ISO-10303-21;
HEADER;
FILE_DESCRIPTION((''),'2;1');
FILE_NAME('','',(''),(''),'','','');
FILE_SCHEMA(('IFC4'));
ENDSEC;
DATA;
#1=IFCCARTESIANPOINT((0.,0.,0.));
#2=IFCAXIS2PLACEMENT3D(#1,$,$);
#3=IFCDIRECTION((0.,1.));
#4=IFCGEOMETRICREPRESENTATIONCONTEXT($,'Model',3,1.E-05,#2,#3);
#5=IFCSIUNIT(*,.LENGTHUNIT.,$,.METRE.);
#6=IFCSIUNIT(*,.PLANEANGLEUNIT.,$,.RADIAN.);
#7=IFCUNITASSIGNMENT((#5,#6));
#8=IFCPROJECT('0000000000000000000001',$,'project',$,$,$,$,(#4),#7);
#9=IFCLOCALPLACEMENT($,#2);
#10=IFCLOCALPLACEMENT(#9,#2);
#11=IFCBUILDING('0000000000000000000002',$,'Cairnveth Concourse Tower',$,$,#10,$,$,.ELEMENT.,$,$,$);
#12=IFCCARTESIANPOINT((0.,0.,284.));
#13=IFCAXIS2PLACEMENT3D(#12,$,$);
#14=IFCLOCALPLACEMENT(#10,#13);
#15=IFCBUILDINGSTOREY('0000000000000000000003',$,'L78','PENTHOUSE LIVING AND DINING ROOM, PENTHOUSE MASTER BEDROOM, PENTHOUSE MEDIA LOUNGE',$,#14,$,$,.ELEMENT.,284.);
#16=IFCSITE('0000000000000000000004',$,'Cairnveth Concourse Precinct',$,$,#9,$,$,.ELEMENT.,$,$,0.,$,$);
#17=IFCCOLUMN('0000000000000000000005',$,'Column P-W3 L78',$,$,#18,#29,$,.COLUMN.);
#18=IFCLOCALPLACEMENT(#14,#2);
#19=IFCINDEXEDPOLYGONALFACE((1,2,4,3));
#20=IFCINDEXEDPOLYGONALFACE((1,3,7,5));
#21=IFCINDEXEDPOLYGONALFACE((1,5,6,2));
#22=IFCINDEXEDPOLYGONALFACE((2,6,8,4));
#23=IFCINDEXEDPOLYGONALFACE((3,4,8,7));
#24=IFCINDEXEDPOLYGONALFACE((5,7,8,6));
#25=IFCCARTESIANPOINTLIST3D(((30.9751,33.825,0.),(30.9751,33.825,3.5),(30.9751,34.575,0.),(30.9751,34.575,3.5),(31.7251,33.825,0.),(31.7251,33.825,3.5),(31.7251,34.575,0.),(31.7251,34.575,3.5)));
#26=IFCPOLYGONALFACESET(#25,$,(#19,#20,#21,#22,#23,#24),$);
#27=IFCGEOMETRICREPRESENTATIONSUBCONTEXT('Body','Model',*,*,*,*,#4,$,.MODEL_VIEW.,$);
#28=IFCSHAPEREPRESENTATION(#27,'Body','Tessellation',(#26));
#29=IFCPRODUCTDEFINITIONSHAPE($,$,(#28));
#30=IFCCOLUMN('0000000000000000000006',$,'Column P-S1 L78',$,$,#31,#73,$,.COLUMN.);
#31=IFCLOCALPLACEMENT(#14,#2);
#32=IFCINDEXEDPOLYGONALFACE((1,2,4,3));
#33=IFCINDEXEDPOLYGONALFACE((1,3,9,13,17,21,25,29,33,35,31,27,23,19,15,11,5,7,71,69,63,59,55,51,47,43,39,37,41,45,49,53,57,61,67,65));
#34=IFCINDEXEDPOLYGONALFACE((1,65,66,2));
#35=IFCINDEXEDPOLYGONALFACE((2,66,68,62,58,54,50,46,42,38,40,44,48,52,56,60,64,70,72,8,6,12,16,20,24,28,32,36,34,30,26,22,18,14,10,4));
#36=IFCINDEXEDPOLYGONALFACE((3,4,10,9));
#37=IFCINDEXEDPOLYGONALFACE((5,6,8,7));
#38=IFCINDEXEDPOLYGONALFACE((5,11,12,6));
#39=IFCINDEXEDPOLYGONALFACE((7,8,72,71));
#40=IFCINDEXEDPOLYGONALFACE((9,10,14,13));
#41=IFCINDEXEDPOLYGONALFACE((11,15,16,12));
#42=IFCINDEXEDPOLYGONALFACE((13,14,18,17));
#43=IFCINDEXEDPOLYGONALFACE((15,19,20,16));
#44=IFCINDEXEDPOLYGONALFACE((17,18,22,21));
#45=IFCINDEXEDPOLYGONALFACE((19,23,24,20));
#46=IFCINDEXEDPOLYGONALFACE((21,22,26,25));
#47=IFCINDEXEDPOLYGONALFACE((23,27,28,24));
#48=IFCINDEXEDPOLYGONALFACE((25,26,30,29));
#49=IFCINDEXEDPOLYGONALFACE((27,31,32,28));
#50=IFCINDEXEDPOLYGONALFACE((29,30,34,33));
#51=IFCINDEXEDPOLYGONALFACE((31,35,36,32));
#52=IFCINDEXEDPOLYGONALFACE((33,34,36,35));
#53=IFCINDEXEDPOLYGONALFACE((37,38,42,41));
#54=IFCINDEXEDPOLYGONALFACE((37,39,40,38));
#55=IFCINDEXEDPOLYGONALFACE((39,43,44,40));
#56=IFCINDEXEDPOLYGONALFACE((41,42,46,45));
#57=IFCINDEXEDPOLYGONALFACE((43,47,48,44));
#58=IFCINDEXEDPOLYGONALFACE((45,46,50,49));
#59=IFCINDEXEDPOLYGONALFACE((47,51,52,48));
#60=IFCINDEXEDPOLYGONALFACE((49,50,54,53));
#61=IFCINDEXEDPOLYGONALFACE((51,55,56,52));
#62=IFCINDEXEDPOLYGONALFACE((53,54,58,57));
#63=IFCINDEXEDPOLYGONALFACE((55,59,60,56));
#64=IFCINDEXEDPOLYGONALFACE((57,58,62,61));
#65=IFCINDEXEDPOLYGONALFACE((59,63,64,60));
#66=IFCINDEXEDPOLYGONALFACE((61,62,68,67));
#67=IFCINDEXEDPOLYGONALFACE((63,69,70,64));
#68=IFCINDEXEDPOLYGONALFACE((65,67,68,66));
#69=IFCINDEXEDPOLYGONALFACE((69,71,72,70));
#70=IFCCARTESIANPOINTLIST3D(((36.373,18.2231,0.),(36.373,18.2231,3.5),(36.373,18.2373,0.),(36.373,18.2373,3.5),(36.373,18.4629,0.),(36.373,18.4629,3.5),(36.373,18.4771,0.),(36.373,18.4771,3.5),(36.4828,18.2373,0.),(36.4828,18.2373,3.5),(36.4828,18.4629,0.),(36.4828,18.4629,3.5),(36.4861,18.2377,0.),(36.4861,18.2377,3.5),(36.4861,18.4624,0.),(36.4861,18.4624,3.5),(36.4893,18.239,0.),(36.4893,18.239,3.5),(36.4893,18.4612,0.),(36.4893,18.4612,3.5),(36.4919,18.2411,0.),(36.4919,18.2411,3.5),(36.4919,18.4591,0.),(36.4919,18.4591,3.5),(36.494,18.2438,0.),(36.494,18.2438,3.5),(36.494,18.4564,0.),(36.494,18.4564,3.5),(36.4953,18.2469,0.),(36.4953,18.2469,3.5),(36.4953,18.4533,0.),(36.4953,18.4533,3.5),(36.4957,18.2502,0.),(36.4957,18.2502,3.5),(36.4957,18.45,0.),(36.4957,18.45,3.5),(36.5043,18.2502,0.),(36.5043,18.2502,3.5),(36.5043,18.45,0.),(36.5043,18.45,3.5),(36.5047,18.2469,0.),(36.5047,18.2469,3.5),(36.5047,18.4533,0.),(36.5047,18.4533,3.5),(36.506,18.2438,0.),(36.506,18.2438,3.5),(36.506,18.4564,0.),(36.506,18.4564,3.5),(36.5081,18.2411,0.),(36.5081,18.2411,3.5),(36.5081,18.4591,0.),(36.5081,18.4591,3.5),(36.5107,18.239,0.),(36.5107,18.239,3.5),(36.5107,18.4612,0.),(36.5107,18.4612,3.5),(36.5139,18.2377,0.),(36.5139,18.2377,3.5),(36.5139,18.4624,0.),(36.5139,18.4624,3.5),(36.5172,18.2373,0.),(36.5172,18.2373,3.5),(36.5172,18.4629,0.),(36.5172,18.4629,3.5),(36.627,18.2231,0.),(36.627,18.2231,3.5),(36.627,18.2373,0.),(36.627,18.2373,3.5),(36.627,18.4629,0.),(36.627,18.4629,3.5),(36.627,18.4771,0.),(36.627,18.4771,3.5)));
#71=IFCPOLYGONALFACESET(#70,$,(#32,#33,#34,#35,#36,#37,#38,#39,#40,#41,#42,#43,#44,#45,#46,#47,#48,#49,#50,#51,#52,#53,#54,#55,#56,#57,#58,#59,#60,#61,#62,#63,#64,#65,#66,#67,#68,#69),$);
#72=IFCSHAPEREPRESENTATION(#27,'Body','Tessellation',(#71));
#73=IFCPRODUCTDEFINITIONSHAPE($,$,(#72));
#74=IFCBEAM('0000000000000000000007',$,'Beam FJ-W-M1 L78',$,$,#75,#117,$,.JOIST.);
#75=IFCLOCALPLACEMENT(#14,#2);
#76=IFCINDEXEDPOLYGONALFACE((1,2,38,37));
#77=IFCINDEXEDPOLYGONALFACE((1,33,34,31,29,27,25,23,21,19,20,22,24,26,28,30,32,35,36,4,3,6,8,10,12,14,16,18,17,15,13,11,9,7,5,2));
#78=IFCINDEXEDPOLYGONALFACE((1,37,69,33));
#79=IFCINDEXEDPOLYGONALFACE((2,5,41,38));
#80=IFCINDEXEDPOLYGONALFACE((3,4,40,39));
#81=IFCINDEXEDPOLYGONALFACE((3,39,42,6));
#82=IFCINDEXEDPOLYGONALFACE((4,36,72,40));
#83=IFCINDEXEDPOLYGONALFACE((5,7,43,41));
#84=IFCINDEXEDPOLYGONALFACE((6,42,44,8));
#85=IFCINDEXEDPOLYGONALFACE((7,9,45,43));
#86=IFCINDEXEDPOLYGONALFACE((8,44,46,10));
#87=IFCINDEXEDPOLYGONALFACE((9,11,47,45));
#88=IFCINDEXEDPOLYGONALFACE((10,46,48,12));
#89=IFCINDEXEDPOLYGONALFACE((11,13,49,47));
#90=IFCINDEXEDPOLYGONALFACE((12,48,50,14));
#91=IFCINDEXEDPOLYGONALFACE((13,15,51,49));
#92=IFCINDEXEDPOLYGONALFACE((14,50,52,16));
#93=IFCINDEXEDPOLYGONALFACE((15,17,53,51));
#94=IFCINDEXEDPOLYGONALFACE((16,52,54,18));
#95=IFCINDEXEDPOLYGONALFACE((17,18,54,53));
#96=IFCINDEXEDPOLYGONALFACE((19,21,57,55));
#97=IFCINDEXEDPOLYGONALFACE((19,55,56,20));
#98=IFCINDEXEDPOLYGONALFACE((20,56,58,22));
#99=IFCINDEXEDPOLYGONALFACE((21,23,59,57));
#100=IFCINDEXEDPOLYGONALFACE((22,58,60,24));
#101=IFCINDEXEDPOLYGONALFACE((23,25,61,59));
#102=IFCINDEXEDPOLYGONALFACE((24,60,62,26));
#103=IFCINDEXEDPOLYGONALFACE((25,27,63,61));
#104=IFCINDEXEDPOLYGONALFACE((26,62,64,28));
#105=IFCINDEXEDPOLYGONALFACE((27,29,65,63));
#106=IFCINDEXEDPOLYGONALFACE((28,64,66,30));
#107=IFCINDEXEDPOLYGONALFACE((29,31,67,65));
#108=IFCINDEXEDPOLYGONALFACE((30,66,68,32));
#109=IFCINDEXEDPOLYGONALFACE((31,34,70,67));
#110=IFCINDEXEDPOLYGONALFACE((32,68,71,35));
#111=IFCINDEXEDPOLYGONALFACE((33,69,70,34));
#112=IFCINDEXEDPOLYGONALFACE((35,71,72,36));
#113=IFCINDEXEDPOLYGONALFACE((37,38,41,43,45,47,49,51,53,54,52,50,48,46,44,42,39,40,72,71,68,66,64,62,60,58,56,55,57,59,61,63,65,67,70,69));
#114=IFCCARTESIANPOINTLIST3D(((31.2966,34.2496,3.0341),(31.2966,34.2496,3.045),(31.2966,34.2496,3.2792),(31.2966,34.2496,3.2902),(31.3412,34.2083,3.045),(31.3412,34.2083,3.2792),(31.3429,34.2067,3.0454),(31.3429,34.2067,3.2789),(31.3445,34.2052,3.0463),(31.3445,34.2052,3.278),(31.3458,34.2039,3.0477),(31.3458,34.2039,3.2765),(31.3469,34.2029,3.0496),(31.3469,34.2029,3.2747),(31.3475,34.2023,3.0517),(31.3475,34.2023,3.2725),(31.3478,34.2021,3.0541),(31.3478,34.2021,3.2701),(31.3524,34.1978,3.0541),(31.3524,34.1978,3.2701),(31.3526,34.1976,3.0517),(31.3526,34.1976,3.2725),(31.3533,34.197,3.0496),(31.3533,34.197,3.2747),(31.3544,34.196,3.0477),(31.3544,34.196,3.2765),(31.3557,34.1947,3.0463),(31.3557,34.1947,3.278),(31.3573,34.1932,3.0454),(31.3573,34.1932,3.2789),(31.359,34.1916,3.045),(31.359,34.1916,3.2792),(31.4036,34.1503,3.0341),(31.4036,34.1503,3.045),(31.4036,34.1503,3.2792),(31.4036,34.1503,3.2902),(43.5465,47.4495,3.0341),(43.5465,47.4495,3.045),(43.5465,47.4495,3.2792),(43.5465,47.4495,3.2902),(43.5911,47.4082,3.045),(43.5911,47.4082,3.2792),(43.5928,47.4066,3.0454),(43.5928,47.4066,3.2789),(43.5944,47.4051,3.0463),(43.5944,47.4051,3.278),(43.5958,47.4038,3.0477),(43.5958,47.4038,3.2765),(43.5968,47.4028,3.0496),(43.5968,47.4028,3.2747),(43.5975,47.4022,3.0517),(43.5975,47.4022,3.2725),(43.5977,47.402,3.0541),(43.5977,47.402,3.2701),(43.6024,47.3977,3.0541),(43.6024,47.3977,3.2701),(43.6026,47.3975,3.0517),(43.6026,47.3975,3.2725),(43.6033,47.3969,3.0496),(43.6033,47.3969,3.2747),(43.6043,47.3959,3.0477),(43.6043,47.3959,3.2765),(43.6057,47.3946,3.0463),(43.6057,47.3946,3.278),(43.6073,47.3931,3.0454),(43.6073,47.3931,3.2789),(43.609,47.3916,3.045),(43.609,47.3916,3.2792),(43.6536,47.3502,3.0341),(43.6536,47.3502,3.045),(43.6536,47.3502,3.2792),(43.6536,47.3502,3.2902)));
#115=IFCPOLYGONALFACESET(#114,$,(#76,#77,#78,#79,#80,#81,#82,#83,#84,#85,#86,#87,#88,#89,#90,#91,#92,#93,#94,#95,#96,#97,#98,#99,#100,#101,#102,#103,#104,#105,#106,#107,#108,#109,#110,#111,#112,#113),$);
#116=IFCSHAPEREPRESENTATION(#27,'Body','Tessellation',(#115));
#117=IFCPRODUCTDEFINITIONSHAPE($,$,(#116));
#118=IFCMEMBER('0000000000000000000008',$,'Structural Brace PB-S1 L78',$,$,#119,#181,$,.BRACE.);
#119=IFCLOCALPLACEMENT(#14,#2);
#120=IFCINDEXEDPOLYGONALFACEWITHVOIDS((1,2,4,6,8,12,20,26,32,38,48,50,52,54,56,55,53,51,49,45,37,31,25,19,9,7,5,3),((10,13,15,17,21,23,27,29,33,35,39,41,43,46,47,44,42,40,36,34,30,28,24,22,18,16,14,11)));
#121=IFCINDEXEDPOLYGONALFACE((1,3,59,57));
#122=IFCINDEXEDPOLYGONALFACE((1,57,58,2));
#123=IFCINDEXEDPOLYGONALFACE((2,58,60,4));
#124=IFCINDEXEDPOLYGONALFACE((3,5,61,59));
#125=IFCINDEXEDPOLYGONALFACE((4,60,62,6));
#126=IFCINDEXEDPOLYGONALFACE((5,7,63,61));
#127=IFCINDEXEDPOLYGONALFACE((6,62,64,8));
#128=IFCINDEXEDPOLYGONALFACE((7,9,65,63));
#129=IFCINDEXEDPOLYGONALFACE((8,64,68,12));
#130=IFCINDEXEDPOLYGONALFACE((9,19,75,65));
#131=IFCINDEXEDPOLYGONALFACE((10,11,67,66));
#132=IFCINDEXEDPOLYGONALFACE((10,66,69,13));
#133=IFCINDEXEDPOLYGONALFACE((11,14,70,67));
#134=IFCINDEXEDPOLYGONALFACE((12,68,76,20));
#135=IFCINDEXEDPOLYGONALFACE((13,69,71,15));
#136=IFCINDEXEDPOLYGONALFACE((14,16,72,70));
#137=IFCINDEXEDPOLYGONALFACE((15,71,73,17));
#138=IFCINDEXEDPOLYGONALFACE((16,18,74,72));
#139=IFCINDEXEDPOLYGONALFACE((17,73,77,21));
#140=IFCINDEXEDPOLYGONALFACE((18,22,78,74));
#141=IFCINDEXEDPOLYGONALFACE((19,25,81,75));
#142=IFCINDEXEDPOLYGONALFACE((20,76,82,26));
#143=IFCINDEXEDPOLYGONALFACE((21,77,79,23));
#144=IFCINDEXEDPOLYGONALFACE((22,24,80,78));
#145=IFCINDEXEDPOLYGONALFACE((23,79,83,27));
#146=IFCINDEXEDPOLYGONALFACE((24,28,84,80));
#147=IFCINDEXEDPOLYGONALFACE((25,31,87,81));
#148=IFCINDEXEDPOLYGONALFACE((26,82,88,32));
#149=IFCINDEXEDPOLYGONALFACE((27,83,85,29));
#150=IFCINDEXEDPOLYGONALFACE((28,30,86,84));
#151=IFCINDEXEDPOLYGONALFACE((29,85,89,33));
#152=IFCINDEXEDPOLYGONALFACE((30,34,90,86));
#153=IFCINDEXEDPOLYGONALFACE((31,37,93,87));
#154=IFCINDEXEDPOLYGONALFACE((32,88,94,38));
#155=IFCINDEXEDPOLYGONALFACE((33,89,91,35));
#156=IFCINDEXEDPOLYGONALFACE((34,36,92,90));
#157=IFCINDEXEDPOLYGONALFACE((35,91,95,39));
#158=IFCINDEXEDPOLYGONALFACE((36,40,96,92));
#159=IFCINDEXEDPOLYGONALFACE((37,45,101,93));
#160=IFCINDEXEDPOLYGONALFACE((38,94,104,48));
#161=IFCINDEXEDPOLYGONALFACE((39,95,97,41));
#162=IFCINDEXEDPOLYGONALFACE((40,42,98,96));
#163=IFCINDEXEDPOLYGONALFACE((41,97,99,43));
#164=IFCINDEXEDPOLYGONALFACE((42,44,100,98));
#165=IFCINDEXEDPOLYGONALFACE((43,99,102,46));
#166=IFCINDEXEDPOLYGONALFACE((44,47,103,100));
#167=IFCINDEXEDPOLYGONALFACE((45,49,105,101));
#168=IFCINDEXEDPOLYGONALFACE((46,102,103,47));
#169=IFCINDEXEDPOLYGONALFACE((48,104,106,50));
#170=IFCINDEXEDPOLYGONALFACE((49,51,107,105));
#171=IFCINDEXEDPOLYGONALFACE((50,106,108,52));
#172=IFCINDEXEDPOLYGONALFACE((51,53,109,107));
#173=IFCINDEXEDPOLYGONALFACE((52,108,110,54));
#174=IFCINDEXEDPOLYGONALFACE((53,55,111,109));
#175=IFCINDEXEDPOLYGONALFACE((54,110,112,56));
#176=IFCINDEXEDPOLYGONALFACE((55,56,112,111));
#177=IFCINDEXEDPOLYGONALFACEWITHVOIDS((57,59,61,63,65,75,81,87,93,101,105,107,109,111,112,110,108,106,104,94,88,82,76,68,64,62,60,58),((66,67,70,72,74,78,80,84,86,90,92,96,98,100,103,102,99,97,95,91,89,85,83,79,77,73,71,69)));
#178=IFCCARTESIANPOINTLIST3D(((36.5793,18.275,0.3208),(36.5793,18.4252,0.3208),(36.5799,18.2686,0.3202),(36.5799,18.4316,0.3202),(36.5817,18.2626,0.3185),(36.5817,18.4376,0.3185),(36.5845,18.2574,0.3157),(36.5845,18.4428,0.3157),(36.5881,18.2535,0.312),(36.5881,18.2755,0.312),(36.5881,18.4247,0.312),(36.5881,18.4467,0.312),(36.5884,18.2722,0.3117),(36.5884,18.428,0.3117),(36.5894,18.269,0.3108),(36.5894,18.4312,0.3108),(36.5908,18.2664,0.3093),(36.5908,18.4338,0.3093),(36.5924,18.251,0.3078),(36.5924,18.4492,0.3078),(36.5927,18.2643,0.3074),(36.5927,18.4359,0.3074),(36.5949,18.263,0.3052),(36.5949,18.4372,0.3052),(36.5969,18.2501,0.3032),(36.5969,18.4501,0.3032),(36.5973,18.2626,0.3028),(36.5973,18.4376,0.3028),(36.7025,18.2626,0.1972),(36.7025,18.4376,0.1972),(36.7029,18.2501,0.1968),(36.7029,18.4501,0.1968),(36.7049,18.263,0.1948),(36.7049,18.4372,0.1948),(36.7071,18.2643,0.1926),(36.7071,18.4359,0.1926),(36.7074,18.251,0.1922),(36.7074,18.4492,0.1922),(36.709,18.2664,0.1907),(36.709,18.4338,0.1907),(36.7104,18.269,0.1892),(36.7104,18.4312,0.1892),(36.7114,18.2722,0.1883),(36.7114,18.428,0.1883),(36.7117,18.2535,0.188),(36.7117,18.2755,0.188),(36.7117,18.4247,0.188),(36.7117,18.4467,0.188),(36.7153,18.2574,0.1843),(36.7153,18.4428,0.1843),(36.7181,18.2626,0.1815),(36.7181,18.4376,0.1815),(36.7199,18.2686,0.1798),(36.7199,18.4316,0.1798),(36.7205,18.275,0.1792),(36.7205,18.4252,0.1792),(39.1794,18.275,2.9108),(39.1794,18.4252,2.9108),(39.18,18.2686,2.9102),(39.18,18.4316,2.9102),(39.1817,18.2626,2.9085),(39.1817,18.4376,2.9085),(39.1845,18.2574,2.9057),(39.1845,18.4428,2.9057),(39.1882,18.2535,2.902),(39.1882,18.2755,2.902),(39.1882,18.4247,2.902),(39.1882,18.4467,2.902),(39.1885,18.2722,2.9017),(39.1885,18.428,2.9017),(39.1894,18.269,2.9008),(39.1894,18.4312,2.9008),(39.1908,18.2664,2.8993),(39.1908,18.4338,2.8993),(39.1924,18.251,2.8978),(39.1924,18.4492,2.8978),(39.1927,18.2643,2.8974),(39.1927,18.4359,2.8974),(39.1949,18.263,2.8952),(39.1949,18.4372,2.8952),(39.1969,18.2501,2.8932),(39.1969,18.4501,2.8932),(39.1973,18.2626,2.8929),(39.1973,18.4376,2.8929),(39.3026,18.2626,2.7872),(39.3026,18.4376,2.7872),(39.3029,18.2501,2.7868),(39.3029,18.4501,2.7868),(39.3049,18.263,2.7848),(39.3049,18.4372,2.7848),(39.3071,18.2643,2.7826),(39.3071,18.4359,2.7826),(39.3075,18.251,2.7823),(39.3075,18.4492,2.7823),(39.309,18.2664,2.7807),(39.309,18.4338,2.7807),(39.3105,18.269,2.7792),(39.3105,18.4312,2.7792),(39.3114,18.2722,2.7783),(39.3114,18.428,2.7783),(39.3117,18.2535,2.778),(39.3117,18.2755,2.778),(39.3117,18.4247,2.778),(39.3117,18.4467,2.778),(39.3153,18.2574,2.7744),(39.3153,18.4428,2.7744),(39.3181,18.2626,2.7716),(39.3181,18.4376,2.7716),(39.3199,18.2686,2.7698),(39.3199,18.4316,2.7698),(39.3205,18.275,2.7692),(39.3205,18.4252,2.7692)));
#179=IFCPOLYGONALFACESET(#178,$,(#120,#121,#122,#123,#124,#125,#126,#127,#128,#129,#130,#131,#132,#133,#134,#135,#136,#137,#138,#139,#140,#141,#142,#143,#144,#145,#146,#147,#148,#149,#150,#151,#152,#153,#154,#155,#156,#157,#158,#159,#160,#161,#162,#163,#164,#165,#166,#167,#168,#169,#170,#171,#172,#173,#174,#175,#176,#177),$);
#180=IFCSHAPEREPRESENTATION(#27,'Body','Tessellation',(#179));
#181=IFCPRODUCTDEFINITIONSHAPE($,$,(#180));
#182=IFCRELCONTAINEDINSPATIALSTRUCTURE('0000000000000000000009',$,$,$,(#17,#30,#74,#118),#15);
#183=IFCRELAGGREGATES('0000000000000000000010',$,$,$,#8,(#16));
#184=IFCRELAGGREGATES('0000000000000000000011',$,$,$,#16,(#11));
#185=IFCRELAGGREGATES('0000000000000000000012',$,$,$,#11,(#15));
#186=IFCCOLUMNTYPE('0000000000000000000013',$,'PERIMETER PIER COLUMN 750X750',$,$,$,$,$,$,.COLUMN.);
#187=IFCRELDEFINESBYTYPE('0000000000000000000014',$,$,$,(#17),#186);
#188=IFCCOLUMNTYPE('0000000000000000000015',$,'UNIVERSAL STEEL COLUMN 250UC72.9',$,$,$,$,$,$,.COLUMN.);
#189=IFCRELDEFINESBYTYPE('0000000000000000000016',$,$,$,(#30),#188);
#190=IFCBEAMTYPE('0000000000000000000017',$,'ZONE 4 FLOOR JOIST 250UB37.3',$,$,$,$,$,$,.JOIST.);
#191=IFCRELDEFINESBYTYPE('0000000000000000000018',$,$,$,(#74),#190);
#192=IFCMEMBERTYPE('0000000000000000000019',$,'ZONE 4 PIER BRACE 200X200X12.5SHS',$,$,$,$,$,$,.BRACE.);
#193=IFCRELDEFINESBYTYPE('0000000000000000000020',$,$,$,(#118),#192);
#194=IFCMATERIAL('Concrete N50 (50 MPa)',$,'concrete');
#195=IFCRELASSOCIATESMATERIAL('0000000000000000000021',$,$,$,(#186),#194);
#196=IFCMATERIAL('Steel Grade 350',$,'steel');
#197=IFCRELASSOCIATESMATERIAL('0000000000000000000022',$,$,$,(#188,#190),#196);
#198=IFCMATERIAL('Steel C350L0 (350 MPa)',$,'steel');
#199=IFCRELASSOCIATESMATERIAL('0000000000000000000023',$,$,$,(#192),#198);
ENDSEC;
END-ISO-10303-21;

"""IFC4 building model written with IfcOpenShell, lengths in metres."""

from ifc_helpers import new_model, si_unit, direction, frame, origin, origin_2d, place, context, subcontext, project, spatial, rectangle, hollow_rectangle, i_section, extrude, material, material_profile, profile_set, type_object, element, save


model = new_model("IFC4")

# Units and contexts
model_context = context("Model", 3, precision=1e-05, world=origin(), true_north=direction((0.0, 1.0)))
body_context = subcontext(model_context, "Body", "Model", "MODEL_VIEW")
ifc_project = project(units=[si_unit("LENGTHUNIT", "METRE"), si_unit("PLANEANGLEUNIT", "RADIAN")], contexts=[model_context])

# Site, building, storey
site_placement = place(None, origin())
site = spatial("IfcSite", under=ifc_project, at=site_placement, Name="Cairnveth Concourse Precinct", CompositionType="ELEMENT", RefElevation=0.0)
building_placement = place(site_placement, origin())
building = spatial("IfcBuilding", under=site, at=building_placement, Name="Cairnveth Concourse Tower", CompositionType="ELEMENT")
storey_placement = place(building_placement, frame((0.0, 0.0, 284.0)))
storey = spatial("IfcBuildingStorey", under=building, at=storey_placement, Name="L78", Description="PENTHOUSE LIVING AND DINING ROOM, PENTHOUSE MASTER BEDROOM, PENTHOUSE MEDIA LOUNGE", CompositionType="ELEMENT", Elevation=284.0)

# Columns
ifc_material_1 = material(Name="Concrete N50 (50 MPa)", Category="concrete")
ifc_material_profile_1 = material_profile(ifc_material_1, rectangle(XDim=0.75, YDim=0.75, at=origin_2d()), Name="RC-COL-750x750")
ifc_profile_set_1 = profile_set([ifc_material_profile_1], Name="Concrete N50 (50 MPa)")
column_type_1 = type_object("IfcColumnType", Name="PERIMETER PIER COLUMN 750X750", PredefinedType="COLUMN", material=ifc_profile_set_1)
column_1_placement = place(storey_placement, frame((31.3501, 34.2, 0.0), z_axis=(0.0, 0.0, 1.0), x_axis=(0.0, 1.0, 0.0)))
element("IfcColumn", 1, at=column_1_placement, inside=storey, type_object=column_type_1, Name="Column P-W3 L78", PredefinedType="COLUMN", context=body_context, shape_type="SweptSolid", body=[
    extrude(rectangle(XDim=0.75, YDim=0.75, at=origin_2d()), origin(), (0.0, 0.0, 1.0), 3.5),
])
ifc_material_2 = material(Name="Steel Grade 350", Category="steel")
ifc_material_profile_2 = material_profile(ifc_material_2, i_section(OverallWidth=0.2539, OverallDepth=0.2539, WebThickness=0.0085, FlangeThickness=0.0142, FilletRadius=0.0129, at=origin_2d()), Name="250UC72.9")
ifc_profile_set_2 = profile_set([ifc_material_profile_2], Name="Steel Grade 350")
column_type_2 = type_object("IfcColumnType", Name="UNIVERSAL STEEL COLUMN 250UC72.9", PredefinedType="COLUMN", material=ifc_profile_set_2)
column_2_placement = place(storey_placement, frame((36.5, 18.3501, 0.0), z_axis=(0.0, 0.0, 1.0), x_axis=(1.0, 0.0, 0.0)))
element("IfcColumn", 2, at=column_2_placement, inside=storey, type_object=column_type_2, Name="Column P-S1 L78", PredefinedType="COLUMN", context=body_context, shape_type="SweptSolid", body=[
    extrude(i_section(OverallWidth=0.2539, OverallDepth=0.2539, WebThickness=0.0085, FlangeThickness=0.0142, FilletRadius=0.0129, at=origin_2d()), origin(), (0.0, 0.0, 1.0), 3.5),
])

# Beam
ifc_material_profile_3 = material_profile(ifc_material_2, i_section(OverallWidth=0.146, OverallDepth=0.2561, WebThickness=0.0063, FlangeThickness=0.011, FilletRadius=0.009, at=origin_2d()), Name="250UB37.3")
ifc_profile_set_3 = profile_set([ifc_material_profile_3], Name="Steel Grade 350")
beam_type_1 = type_object("IfcBeamType", Name="ZONE 4 FLOOR JOIST 250UB37.3", PredefinedType="JOIST", material=ifc_profile_set_3)
beam_1_placement = place(storey_placement, frame((31.3501, 34.2, 3.1621), z_axis=(0.680239, 0.73299, 0.0), x_axis=(-0.73299, 0.680239, 0.0)))
element("IfcBeam", 3, at=beam_1_placement, inside=storey, type_object=beam_type_1, Name="Beam FJ-W-M1 L78", PredefinedType="JOIST", context=body_context, shape_type="SweptSolid", body=[
    extrude(i_section(OverallWidth=0.146, OverallDepth=0.2561, WebThickness=0.0063, FlangeThickness=0.011, FilletRadius=0.009, at=origin_2d()), origin(), (0.0, 0.0, 1.0), 18.0083),
])

# Member
ifc_material_3 = material(Name="Steel C350L0 (350 MPa)", Category="steel")
ifc_material_profile_4 = material_profile(ifc_material_3, hollow_rectangle(XDim=0.2, YDim=0.2, WallThickness=0.0125, InnerFilletRadius=0.0129, OuterFilletRadius=0.0249, at=origin_2d()), Name="200x200x12.5SHS")
ifc_profile_set_4 = profile_set([ifc_material_profile_4], Name="Steel C350L0 (350 MPa)")
member_type = type_object("IfcMemberType", Name="ZONE 4 PIER BRACE 200X200X12.5SHS", PredefinedType="BRACE", material=ifc_profile_set_4)
for number, where, z_axis, x_axis, name in (
    (4, (36.6499, 18.3501, 0.25), (0.708469, 0.0, 0.705742), (0.0, 1.0, 0.0), "Structural Brace PB-S1 L78"),
):
    element("IfcMember", number, at=place(storey_placement, frame(where, z_axis=z_axis, x_axis=x_axis)), inside=storey, type_object=member_type, Name=name, PredefinedType="BRACE", context=body_context, shape_type="SweptSolid", body=[
        extrude(hollow_rectangle(XDim=0.2, YDim=0.2, WallThickness=0.0125, InnerFilletRadius=0.0129, OuterFilletRadius=0.0249, at=origin_2d()), origin(), (0.0, 0.0, 1.0), 3.6699),
    ])

save(model, "model.ifc")
